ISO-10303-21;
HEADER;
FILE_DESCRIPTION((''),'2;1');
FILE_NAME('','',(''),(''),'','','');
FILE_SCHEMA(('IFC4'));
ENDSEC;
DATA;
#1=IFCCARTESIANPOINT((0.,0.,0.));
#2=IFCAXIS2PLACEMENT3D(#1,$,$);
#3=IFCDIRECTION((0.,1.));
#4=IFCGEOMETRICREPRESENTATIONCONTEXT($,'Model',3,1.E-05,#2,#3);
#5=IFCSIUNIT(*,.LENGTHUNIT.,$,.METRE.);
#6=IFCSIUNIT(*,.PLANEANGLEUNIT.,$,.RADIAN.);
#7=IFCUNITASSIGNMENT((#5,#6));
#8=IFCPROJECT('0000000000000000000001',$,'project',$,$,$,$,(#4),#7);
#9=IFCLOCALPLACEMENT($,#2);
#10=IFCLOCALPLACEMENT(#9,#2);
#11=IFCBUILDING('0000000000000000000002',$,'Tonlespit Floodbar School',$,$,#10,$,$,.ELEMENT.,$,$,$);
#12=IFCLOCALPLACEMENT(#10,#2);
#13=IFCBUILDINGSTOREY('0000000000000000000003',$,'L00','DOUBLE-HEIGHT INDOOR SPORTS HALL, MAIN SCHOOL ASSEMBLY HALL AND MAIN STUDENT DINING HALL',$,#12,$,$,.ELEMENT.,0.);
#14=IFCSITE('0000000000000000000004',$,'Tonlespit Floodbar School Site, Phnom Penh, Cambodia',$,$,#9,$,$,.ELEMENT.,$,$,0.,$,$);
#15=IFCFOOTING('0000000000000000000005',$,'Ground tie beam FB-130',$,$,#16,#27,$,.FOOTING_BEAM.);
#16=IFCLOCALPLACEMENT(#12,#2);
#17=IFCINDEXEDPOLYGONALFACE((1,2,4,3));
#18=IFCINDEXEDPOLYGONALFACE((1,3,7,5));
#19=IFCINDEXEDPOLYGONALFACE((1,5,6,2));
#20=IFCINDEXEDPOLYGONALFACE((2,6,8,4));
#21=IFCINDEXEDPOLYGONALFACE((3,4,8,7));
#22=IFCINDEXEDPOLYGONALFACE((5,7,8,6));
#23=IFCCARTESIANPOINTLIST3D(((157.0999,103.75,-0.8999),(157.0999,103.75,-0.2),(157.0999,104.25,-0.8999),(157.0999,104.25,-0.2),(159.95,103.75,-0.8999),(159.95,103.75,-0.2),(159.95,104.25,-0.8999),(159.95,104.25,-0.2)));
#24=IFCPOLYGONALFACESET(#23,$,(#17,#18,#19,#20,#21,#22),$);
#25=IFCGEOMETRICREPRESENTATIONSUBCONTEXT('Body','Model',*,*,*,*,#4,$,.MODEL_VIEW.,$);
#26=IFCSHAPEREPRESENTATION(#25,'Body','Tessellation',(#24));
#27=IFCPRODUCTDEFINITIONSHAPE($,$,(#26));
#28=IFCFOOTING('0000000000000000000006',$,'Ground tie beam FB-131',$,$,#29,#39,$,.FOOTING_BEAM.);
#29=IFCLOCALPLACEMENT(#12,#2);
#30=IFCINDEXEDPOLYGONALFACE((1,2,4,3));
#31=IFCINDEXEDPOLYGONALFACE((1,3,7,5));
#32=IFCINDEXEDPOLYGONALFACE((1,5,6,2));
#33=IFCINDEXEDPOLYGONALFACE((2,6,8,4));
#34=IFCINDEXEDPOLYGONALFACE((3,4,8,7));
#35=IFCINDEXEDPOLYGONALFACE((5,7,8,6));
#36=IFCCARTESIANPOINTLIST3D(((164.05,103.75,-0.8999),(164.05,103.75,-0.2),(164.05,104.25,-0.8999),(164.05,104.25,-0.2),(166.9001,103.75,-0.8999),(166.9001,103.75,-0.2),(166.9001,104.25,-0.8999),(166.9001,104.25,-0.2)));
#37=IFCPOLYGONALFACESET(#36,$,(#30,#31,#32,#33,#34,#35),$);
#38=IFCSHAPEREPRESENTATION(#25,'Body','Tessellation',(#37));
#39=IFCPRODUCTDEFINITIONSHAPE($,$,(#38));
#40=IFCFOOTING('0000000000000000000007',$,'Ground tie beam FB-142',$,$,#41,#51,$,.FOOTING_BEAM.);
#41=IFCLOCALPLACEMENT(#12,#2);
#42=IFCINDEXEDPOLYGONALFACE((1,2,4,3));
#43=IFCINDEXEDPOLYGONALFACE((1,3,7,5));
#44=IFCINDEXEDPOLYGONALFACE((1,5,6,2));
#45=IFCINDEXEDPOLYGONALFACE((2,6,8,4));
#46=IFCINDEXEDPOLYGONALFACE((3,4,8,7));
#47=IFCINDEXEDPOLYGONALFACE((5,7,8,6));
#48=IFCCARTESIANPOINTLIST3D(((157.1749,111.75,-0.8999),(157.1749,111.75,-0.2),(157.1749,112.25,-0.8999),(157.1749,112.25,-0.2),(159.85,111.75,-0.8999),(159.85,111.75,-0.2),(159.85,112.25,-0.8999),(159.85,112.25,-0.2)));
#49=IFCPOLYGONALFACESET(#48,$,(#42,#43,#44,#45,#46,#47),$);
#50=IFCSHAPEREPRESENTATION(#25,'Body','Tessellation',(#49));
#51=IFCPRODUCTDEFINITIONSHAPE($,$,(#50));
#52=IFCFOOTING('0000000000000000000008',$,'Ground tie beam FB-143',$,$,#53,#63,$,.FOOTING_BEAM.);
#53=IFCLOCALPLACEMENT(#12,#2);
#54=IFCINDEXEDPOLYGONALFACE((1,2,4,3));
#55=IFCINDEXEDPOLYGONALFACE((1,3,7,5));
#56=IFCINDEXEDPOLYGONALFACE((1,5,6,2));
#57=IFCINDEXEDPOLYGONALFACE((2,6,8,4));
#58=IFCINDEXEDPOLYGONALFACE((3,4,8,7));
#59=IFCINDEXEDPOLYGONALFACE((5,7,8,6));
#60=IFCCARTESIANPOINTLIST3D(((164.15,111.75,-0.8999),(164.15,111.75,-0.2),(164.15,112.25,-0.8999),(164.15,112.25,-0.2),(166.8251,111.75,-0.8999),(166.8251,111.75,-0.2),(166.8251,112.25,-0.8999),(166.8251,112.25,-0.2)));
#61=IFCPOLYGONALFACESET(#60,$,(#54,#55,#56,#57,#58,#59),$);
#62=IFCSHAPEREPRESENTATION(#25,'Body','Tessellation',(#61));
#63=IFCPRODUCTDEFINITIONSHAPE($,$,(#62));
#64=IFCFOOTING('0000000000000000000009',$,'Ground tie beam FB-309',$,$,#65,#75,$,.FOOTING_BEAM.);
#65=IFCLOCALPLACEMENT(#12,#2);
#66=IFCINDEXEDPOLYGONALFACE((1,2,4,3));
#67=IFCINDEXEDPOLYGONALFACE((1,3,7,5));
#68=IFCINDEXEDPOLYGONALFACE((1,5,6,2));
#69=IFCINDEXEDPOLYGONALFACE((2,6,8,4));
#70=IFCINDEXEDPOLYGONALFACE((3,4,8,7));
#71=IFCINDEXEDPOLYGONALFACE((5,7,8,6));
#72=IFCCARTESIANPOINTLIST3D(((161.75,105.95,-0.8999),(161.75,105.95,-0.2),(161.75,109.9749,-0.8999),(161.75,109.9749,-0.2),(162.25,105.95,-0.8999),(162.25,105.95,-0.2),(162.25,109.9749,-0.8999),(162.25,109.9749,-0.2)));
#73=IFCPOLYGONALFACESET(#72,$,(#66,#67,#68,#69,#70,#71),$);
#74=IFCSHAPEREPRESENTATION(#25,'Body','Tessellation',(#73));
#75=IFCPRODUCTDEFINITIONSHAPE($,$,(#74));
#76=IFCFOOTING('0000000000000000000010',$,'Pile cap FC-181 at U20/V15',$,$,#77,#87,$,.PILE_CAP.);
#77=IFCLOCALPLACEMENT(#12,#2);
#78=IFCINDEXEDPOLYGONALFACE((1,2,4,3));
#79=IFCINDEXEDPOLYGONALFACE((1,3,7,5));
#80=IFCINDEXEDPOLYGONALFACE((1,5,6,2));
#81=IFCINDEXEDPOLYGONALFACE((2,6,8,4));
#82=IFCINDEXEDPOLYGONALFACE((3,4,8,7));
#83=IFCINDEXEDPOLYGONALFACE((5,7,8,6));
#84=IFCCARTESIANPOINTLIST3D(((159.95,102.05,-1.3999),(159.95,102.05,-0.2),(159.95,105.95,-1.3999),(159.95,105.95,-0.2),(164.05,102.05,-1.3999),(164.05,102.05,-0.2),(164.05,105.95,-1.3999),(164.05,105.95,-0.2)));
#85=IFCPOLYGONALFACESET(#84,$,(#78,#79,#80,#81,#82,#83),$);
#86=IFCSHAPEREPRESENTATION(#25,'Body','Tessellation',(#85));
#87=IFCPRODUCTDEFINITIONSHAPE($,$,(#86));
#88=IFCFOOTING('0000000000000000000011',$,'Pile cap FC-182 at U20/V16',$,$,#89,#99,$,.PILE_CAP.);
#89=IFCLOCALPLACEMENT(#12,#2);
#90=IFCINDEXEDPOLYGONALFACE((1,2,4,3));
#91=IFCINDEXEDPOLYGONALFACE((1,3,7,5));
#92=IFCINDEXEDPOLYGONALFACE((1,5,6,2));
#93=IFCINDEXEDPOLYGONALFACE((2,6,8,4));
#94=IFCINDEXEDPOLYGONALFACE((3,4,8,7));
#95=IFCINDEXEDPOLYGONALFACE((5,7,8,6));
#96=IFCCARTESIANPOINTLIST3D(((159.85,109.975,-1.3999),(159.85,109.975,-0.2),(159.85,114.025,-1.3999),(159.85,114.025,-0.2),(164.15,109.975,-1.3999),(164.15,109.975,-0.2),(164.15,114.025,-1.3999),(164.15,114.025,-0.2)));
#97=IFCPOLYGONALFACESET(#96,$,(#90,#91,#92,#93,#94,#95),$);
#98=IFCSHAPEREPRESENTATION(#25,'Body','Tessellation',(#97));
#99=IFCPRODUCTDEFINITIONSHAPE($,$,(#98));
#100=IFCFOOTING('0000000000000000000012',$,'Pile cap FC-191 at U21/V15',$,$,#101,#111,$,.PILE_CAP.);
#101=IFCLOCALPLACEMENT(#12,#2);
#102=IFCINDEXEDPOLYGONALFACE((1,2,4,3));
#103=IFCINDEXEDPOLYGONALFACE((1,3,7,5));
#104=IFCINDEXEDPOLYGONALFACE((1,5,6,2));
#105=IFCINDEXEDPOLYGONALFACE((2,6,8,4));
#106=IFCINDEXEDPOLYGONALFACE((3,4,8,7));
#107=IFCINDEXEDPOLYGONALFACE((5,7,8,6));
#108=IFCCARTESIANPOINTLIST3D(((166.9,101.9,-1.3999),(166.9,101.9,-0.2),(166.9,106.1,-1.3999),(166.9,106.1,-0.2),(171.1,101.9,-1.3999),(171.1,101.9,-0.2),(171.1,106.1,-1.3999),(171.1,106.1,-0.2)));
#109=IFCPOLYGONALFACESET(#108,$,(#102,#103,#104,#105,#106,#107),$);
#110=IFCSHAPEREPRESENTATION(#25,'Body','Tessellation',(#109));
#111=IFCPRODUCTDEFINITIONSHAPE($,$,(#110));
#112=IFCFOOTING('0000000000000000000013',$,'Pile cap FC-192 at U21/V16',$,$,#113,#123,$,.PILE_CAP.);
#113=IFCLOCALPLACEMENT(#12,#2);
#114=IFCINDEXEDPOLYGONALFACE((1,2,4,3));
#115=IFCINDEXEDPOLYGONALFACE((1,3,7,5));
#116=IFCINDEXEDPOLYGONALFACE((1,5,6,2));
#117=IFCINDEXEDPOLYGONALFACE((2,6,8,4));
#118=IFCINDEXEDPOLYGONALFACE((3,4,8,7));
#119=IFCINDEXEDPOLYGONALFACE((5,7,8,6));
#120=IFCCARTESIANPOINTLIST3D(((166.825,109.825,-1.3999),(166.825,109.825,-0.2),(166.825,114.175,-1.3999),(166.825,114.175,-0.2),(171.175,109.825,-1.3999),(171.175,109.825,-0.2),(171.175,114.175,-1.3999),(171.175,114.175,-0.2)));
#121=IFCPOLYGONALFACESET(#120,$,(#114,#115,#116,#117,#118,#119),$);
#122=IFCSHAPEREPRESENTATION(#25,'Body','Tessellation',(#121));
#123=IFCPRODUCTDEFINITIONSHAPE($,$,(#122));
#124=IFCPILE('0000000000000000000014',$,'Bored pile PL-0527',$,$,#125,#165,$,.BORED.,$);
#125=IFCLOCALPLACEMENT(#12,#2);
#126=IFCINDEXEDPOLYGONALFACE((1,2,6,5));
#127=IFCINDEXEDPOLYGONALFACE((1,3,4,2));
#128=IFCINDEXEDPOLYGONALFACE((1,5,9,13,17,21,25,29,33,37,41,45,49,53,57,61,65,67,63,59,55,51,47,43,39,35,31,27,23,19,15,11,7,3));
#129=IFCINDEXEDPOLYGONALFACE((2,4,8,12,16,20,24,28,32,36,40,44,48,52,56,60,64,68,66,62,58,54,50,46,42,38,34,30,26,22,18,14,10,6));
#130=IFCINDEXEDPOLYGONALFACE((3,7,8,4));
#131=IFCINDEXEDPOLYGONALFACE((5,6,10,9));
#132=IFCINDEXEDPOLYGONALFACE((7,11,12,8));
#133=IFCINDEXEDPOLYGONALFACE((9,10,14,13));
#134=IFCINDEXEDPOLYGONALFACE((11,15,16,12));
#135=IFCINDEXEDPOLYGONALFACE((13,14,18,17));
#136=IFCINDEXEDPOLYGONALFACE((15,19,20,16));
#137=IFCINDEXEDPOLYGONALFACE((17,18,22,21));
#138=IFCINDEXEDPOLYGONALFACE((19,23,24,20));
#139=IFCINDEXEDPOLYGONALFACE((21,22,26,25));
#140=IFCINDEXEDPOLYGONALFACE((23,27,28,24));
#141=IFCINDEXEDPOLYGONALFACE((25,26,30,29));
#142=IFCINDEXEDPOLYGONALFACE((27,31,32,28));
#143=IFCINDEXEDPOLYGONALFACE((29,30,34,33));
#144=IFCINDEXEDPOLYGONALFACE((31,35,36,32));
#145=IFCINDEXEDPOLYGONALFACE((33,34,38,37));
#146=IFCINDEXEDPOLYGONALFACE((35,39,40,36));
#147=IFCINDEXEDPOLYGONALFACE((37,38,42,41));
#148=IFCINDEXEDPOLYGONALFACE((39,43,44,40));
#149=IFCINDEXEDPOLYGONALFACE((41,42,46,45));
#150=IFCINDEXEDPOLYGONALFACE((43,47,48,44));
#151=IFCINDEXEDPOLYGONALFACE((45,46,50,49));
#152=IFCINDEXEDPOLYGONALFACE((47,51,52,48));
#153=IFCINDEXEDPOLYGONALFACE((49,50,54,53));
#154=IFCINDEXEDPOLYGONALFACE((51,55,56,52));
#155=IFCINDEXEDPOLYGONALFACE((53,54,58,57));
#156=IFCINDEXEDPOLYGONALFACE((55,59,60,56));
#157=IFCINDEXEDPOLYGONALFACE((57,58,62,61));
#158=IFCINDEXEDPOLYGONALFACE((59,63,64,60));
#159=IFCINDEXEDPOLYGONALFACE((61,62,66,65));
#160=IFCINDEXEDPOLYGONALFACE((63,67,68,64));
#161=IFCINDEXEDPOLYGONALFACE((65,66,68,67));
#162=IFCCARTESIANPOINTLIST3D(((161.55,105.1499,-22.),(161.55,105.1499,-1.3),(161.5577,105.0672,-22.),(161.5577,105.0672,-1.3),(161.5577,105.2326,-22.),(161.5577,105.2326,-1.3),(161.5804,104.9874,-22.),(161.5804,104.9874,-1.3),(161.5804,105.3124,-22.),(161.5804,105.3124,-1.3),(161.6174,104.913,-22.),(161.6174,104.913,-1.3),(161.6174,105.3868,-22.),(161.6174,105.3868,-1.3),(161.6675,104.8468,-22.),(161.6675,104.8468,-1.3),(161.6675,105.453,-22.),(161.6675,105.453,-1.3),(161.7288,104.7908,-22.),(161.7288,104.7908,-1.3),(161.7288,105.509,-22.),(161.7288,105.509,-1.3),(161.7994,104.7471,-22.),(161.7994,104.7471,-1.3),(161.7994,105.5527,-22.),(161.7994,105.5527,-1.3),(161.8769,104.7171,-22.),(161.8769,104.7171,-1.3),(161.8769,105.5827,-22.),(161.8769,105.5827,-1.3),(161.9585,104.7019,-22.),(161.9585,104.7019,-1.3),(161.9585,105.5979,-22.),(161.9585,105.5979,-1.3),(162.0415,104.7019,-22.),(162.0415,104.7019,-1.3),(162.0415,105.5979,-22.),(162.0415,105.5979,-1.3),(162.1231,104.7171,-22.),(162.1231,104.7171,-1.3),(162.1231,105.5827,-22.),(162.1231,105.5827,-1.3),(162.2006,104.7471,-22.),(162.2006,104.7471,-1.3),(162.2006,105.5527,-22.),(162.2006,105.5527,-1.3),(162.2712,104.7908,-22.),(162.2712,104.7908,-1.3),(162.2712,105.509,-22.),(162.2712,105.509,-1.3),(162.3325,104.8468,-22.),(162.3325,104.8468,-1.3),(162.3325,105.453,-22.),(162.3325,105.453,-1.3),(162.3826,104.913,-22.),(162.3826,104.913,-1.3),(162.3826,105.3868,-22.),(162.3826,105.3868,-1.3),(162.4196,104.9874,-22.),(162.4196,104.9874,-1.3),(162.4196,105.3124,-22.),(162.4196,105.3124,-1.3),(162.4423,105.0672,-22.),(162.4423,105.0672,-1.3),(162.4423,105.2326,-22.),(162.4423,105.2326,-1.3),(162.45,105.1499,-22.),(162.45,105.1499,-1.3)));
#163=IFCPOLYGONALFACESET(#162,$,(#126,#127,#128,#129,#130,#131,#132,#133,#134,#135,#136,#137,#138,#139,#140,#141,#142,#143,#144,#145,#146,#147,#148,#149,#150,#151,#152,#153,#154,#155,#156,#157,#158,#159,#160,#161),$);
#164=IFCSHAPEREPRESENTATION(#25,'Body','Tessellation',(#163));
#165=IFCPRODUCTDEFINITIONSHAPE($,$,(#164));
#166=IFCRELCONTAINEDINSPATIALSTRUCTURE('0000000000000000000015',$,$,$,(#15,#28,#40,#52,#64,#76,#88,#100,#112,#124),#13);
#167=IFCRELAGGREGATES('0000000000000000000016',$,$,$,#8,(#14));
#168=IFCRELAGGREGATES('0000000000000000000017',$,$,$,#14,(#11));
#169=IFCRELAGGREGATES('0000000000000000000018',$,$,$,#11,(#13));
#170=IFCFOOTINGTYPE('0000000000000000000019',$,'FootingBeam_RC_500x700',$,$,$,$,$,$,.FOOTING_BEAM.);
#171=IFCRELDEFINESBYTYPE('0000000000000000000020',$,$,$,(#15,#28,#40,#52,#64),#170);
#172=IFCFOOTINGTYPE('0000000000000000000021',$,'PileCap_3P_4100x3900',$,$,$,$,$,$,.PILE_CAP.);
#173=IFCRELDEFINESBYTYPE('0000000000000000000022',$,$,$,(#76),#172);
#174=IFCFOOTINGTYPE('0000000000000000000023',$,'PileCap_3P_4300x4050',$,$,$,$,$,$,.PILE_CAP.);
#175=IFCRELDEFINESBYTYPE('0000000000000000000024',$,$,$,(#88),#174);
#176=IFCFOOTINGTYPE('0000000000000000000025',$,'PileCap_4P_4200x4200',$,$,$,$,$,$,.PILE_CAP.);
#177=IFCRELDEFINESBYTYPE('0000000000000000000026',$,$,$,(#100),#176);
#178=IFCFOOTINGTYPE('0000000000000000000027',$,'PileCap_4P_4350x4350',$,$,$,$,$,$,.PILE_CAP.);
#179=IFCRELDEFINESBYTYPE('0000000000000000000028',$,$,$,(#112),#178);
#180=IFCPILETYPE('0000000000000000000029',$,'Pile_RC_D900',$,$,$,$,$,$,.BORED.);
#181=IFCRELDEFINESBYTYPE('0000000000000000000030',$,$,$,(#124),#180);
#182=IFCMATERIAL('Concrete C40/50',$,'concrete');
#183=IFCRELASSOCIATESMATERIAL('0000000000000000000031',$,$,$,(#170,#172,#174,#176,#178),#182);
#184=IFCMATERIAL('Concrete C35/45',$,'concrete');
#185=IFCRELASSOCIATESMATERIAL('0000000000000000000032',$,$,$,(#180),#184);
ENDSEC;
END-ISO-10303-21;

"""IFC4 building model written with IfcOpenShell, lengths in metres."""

from ifc_helpers import new_model, si_unit, direction, frame, origin, origin_2d, place, context, subcontext, project, spatial, rectangle, circle, extrude, material, material_profile, profile_set, type_object, element, save


model = new_model("IFC4")

# Units and contexts
model_context = context("Model", 3, precision=1e-05, world=origin(), true_north=direction((0.0, 1.0)))
body_context = subcontext(model_context, "Body", "Model", "MODEL_VIEW")
ifc_project = project(units=[si_unit("LENGTHUNIT", "METRE"), si_unit("PLANEANGLEUNIT", "RADIAN")], contexts=[model_context])

# Site, building, storey
site_placement = place(None, origin())
site = spatial("IfcSite", under=ifc_project, at=site_placement, Name="Tonlespit Floodbar School Site, Phnom Penh, Cambodia", CompositionType="ELEMENT", RefElevation=0.0)
building_placement = place(site_placement, origin())
building = spatial("IfcBuilding", under=site, at=building_placement, Name="Tonlespit Floodbar School", CompositionType="ELEMENT")
storey_placement = place(building_placement, origin())
storey = spatial("IfcBuildingStorey", under=building, at=storey_placement, Name="L00", Description="DOUBLE-HEIGHT INDOOR SPORTS HALL, MAIN SCHOOL ASSEMBLY HALL AND MAIN STUDENT DINING HALL", CompositionType="ELEMENT", Elevation=0.0)

# Footings
ifc_material_1 = material(Name="Concrete C40/50", Category="concrete")
footing_type_1 = type_object("IfcFootingType", Name="FootingBeam_RC_500x700", PredefinedType="FOOTING_BEAM", material=ifc_material_1)
for number, where, z_axis, x_axis, name in (
    (1, (158.5249, 104.0, -0.8999), (0.0, 0.0, 1.0), (1.0, 0.0, 0.0), "Ground tie beam FB-130"),
    (2, (165.4751, 104.0, -0.8999), (0.0, 0.0, 1.0), (1.0, 0.0, 0.0), "Ground tie beam FB-131"),
):
    element("IfcFooting", number, at=place(storey_placement, frame(where, z_axis=z_axis, x_axis=x_axis)), inside=storey, type_object=footing_type_1, Name=name, PredefinedType="FOOTING_BEAM", context=body_context, shape_type="SweptSolid", body=[
        extrude(rectangle(XDim=2.8501, YDim=0.5, at=origin_2d()), origin(), (0.0, 0.0, 1.0), 0.7),
    ])
for number, where, z_axis, x_axis, name in (
    (3, (158.5125, 112.0, -0.8999), (0.0, 0.0, 1.0), (1.0, 0.0, 0.0), "Ground tie beam FB-142"),
    (4, (165.4875, 112.0, -0.8999), (0.0, 0.0, 1.0), (1.0, 0.0, 0.0), "Ground tie beam FB-143"),
):
    element("IfcFooting", number, at=place(storey_placement, frame(where, z_axis=z_axis, x_axis=x_axis)), inside=storey, type_object=footing_type_1, Name=name, PredefinedType="FOOTING_BEAM", context=body_context, shape_type="SweptSolid", body=[
        extrude(rectangle(XDim=2.675, YDim=0.5, at=origin_2d()), origin(), (0.0, 0.0, 1.0), 0.7),
    ])
footing_1_placement = place(storey_placement, frame((162.0, 107.9624, -0.8999), z_axis=(0.0, 0.0, 1.0), x_axis=(0.0, 1.0, 0.0)))
element("IfcFooting", 5, at=footing_1_placement, inside=storey, type_object=footing_type_1, Name="Ground tie beam FB-309", PredefinedType="FOOTING_BEAM", context=body_context, shape_type="SweptSolid", body=[
    extrude(rectangle(XDim=4.0249, YDim=0.5, at=origin_2d()), origin(), (0.0, 0.0, 1.0), 0.7),
])
footing_type_2 = type_object("IfcFootingType", Name="PileCap_3P_4100x3900", PredefinedType="PILE_CAP", material=ifc_material_1)
footing_2_placement = place(storey_placement, frame((162.0, 104.0, -1.3999), z_axis=(0.0, 0.0, 1.0), x_axis=(1.0, 0.0, 0.0)))
element("IfcFooting", 6, at=footing_2_placement, inside=storey, type_object=footing_type_2, Name="Pile cap FC-181 at U20/V15", PredefinedType="PILE_CAP", context=body_context, shape_type="SweptSolid", body=[
    extrude(rectangle(XDim=4.1001, YDim=3.8999, at=origin_2d()), origin(), (0.0, 0.0, 1.0), 1.2),
])
footing_type_3 = type_object("IfcFootingType", Name="PileCap_3P_4300x4050", PredefinedType="PILE_CAP", material=ifc_material_1)
footing_3_placement = place(storey_placement, frame((162.0, 112.0, -1.3999), z_axis=(0.0, 0.0, 1.0), x_axis=(1.0, 0.0, 0.0)))
element("IfcFooting", 7, at=footing_3_placement, inside=storey, type_object=footing_type_3, Name="Pile cap FC-182 at U20/V16", PredefinedType="PILE_CAP", context=body_context, shape_type="SweptSolid", body=[
    extrude(rectangle(XDim=4.3, YDim=4.05, at=origin_2d()), origin(), (0.0, 0.0, 1.0), 1.2),
])
footing_type_4 = type_object("IfcFootingType", Name="PileCap_4P_4200x4200", PredefinedType="PILE_CAP", material=ifc_material_1)
footing_4_placement = place(storey_placement, frame((169.0, 104.0, -1.3999), z_axis=(0.0, 0.0, 1.0), x_axis=(1.0, 0.0, 0.0)))
element("IfcFooting", 8, at=footing_4_placement, inside=storey, type_object=footing_type_4, Name="Pile cap FC-191 at U21/V15", PredefinedType="PILE_CAP", context=body_context, shape_type="SweptSolid", body=[
    extrude(rectangle(XDim=4.2, YDim=4.2, at=origin_2d()), origin(), (0.0, 0.0, 1.0), 1.2),
])
footing_type_5 = type_object("IfcFootingType", Name="PileCap_4P_4350x4350", PredefinedType="PILE_CAP", material=ifc_material_1)
footing_5_placement = place(storey_placement, frame((169.0, 112.0, -1.3999), z_axis=(0.0, 0.0, 1.0), x_axis=(1.0, 0.0, 0.0)))
element("IfcFooting", 9, at=footing_5_placement, inside=storey, type_object=footing_type_5, Name="Pile cap FC-192 at U21/V16", PredefinedType="PILE_CAP", context=body_context, shape_type="SweptSolid", body=[
    extrude(rectangle(XDim=4.3501, YDim=4.3501, at=origin_2d()), origin(), (0.0, 0.0, 1.0), 1.2),
])

# Pile
ifc_material_2 = material(Name="Concrete C35/45", Category="concrete")
ifc_material_profile_1 = material_profile(ifc_material_2, circle(Radius=0.45, at=origin_2d()), Name="BP D900")
ifc_profile_set_1 = profile_set([ifc_material_profile_1], Name="Concrete C35/45")
pile_type = type_object("IfcPileType", Name="Pile_RC_D900", PredefinedType="BORED", material=ifc_profile_set_1)
for number, where, z_axis, x_axis, name in (
    (10, (162.0, 105.1499, -1.3), (0.0, 0.0, -1.0), (1.0, 0.0, 0.0), "Bored pile PL-0527"),
):
    element("IfcPile", number, at=place(storey_placement, frame(where, z_axis=z_axis, x_axis=x_axis)), inside=storey, type_object=pile_type, Name=name, PredefinedType="BORED", context=body_context, shape_type="SweptSolid", body=[
        extrude(circle(Radius=0.45, at=origin_2d()), origin(), (0.0, 0.0, 1.0), 20.7),
    ])

save(model, "model.ifc")
